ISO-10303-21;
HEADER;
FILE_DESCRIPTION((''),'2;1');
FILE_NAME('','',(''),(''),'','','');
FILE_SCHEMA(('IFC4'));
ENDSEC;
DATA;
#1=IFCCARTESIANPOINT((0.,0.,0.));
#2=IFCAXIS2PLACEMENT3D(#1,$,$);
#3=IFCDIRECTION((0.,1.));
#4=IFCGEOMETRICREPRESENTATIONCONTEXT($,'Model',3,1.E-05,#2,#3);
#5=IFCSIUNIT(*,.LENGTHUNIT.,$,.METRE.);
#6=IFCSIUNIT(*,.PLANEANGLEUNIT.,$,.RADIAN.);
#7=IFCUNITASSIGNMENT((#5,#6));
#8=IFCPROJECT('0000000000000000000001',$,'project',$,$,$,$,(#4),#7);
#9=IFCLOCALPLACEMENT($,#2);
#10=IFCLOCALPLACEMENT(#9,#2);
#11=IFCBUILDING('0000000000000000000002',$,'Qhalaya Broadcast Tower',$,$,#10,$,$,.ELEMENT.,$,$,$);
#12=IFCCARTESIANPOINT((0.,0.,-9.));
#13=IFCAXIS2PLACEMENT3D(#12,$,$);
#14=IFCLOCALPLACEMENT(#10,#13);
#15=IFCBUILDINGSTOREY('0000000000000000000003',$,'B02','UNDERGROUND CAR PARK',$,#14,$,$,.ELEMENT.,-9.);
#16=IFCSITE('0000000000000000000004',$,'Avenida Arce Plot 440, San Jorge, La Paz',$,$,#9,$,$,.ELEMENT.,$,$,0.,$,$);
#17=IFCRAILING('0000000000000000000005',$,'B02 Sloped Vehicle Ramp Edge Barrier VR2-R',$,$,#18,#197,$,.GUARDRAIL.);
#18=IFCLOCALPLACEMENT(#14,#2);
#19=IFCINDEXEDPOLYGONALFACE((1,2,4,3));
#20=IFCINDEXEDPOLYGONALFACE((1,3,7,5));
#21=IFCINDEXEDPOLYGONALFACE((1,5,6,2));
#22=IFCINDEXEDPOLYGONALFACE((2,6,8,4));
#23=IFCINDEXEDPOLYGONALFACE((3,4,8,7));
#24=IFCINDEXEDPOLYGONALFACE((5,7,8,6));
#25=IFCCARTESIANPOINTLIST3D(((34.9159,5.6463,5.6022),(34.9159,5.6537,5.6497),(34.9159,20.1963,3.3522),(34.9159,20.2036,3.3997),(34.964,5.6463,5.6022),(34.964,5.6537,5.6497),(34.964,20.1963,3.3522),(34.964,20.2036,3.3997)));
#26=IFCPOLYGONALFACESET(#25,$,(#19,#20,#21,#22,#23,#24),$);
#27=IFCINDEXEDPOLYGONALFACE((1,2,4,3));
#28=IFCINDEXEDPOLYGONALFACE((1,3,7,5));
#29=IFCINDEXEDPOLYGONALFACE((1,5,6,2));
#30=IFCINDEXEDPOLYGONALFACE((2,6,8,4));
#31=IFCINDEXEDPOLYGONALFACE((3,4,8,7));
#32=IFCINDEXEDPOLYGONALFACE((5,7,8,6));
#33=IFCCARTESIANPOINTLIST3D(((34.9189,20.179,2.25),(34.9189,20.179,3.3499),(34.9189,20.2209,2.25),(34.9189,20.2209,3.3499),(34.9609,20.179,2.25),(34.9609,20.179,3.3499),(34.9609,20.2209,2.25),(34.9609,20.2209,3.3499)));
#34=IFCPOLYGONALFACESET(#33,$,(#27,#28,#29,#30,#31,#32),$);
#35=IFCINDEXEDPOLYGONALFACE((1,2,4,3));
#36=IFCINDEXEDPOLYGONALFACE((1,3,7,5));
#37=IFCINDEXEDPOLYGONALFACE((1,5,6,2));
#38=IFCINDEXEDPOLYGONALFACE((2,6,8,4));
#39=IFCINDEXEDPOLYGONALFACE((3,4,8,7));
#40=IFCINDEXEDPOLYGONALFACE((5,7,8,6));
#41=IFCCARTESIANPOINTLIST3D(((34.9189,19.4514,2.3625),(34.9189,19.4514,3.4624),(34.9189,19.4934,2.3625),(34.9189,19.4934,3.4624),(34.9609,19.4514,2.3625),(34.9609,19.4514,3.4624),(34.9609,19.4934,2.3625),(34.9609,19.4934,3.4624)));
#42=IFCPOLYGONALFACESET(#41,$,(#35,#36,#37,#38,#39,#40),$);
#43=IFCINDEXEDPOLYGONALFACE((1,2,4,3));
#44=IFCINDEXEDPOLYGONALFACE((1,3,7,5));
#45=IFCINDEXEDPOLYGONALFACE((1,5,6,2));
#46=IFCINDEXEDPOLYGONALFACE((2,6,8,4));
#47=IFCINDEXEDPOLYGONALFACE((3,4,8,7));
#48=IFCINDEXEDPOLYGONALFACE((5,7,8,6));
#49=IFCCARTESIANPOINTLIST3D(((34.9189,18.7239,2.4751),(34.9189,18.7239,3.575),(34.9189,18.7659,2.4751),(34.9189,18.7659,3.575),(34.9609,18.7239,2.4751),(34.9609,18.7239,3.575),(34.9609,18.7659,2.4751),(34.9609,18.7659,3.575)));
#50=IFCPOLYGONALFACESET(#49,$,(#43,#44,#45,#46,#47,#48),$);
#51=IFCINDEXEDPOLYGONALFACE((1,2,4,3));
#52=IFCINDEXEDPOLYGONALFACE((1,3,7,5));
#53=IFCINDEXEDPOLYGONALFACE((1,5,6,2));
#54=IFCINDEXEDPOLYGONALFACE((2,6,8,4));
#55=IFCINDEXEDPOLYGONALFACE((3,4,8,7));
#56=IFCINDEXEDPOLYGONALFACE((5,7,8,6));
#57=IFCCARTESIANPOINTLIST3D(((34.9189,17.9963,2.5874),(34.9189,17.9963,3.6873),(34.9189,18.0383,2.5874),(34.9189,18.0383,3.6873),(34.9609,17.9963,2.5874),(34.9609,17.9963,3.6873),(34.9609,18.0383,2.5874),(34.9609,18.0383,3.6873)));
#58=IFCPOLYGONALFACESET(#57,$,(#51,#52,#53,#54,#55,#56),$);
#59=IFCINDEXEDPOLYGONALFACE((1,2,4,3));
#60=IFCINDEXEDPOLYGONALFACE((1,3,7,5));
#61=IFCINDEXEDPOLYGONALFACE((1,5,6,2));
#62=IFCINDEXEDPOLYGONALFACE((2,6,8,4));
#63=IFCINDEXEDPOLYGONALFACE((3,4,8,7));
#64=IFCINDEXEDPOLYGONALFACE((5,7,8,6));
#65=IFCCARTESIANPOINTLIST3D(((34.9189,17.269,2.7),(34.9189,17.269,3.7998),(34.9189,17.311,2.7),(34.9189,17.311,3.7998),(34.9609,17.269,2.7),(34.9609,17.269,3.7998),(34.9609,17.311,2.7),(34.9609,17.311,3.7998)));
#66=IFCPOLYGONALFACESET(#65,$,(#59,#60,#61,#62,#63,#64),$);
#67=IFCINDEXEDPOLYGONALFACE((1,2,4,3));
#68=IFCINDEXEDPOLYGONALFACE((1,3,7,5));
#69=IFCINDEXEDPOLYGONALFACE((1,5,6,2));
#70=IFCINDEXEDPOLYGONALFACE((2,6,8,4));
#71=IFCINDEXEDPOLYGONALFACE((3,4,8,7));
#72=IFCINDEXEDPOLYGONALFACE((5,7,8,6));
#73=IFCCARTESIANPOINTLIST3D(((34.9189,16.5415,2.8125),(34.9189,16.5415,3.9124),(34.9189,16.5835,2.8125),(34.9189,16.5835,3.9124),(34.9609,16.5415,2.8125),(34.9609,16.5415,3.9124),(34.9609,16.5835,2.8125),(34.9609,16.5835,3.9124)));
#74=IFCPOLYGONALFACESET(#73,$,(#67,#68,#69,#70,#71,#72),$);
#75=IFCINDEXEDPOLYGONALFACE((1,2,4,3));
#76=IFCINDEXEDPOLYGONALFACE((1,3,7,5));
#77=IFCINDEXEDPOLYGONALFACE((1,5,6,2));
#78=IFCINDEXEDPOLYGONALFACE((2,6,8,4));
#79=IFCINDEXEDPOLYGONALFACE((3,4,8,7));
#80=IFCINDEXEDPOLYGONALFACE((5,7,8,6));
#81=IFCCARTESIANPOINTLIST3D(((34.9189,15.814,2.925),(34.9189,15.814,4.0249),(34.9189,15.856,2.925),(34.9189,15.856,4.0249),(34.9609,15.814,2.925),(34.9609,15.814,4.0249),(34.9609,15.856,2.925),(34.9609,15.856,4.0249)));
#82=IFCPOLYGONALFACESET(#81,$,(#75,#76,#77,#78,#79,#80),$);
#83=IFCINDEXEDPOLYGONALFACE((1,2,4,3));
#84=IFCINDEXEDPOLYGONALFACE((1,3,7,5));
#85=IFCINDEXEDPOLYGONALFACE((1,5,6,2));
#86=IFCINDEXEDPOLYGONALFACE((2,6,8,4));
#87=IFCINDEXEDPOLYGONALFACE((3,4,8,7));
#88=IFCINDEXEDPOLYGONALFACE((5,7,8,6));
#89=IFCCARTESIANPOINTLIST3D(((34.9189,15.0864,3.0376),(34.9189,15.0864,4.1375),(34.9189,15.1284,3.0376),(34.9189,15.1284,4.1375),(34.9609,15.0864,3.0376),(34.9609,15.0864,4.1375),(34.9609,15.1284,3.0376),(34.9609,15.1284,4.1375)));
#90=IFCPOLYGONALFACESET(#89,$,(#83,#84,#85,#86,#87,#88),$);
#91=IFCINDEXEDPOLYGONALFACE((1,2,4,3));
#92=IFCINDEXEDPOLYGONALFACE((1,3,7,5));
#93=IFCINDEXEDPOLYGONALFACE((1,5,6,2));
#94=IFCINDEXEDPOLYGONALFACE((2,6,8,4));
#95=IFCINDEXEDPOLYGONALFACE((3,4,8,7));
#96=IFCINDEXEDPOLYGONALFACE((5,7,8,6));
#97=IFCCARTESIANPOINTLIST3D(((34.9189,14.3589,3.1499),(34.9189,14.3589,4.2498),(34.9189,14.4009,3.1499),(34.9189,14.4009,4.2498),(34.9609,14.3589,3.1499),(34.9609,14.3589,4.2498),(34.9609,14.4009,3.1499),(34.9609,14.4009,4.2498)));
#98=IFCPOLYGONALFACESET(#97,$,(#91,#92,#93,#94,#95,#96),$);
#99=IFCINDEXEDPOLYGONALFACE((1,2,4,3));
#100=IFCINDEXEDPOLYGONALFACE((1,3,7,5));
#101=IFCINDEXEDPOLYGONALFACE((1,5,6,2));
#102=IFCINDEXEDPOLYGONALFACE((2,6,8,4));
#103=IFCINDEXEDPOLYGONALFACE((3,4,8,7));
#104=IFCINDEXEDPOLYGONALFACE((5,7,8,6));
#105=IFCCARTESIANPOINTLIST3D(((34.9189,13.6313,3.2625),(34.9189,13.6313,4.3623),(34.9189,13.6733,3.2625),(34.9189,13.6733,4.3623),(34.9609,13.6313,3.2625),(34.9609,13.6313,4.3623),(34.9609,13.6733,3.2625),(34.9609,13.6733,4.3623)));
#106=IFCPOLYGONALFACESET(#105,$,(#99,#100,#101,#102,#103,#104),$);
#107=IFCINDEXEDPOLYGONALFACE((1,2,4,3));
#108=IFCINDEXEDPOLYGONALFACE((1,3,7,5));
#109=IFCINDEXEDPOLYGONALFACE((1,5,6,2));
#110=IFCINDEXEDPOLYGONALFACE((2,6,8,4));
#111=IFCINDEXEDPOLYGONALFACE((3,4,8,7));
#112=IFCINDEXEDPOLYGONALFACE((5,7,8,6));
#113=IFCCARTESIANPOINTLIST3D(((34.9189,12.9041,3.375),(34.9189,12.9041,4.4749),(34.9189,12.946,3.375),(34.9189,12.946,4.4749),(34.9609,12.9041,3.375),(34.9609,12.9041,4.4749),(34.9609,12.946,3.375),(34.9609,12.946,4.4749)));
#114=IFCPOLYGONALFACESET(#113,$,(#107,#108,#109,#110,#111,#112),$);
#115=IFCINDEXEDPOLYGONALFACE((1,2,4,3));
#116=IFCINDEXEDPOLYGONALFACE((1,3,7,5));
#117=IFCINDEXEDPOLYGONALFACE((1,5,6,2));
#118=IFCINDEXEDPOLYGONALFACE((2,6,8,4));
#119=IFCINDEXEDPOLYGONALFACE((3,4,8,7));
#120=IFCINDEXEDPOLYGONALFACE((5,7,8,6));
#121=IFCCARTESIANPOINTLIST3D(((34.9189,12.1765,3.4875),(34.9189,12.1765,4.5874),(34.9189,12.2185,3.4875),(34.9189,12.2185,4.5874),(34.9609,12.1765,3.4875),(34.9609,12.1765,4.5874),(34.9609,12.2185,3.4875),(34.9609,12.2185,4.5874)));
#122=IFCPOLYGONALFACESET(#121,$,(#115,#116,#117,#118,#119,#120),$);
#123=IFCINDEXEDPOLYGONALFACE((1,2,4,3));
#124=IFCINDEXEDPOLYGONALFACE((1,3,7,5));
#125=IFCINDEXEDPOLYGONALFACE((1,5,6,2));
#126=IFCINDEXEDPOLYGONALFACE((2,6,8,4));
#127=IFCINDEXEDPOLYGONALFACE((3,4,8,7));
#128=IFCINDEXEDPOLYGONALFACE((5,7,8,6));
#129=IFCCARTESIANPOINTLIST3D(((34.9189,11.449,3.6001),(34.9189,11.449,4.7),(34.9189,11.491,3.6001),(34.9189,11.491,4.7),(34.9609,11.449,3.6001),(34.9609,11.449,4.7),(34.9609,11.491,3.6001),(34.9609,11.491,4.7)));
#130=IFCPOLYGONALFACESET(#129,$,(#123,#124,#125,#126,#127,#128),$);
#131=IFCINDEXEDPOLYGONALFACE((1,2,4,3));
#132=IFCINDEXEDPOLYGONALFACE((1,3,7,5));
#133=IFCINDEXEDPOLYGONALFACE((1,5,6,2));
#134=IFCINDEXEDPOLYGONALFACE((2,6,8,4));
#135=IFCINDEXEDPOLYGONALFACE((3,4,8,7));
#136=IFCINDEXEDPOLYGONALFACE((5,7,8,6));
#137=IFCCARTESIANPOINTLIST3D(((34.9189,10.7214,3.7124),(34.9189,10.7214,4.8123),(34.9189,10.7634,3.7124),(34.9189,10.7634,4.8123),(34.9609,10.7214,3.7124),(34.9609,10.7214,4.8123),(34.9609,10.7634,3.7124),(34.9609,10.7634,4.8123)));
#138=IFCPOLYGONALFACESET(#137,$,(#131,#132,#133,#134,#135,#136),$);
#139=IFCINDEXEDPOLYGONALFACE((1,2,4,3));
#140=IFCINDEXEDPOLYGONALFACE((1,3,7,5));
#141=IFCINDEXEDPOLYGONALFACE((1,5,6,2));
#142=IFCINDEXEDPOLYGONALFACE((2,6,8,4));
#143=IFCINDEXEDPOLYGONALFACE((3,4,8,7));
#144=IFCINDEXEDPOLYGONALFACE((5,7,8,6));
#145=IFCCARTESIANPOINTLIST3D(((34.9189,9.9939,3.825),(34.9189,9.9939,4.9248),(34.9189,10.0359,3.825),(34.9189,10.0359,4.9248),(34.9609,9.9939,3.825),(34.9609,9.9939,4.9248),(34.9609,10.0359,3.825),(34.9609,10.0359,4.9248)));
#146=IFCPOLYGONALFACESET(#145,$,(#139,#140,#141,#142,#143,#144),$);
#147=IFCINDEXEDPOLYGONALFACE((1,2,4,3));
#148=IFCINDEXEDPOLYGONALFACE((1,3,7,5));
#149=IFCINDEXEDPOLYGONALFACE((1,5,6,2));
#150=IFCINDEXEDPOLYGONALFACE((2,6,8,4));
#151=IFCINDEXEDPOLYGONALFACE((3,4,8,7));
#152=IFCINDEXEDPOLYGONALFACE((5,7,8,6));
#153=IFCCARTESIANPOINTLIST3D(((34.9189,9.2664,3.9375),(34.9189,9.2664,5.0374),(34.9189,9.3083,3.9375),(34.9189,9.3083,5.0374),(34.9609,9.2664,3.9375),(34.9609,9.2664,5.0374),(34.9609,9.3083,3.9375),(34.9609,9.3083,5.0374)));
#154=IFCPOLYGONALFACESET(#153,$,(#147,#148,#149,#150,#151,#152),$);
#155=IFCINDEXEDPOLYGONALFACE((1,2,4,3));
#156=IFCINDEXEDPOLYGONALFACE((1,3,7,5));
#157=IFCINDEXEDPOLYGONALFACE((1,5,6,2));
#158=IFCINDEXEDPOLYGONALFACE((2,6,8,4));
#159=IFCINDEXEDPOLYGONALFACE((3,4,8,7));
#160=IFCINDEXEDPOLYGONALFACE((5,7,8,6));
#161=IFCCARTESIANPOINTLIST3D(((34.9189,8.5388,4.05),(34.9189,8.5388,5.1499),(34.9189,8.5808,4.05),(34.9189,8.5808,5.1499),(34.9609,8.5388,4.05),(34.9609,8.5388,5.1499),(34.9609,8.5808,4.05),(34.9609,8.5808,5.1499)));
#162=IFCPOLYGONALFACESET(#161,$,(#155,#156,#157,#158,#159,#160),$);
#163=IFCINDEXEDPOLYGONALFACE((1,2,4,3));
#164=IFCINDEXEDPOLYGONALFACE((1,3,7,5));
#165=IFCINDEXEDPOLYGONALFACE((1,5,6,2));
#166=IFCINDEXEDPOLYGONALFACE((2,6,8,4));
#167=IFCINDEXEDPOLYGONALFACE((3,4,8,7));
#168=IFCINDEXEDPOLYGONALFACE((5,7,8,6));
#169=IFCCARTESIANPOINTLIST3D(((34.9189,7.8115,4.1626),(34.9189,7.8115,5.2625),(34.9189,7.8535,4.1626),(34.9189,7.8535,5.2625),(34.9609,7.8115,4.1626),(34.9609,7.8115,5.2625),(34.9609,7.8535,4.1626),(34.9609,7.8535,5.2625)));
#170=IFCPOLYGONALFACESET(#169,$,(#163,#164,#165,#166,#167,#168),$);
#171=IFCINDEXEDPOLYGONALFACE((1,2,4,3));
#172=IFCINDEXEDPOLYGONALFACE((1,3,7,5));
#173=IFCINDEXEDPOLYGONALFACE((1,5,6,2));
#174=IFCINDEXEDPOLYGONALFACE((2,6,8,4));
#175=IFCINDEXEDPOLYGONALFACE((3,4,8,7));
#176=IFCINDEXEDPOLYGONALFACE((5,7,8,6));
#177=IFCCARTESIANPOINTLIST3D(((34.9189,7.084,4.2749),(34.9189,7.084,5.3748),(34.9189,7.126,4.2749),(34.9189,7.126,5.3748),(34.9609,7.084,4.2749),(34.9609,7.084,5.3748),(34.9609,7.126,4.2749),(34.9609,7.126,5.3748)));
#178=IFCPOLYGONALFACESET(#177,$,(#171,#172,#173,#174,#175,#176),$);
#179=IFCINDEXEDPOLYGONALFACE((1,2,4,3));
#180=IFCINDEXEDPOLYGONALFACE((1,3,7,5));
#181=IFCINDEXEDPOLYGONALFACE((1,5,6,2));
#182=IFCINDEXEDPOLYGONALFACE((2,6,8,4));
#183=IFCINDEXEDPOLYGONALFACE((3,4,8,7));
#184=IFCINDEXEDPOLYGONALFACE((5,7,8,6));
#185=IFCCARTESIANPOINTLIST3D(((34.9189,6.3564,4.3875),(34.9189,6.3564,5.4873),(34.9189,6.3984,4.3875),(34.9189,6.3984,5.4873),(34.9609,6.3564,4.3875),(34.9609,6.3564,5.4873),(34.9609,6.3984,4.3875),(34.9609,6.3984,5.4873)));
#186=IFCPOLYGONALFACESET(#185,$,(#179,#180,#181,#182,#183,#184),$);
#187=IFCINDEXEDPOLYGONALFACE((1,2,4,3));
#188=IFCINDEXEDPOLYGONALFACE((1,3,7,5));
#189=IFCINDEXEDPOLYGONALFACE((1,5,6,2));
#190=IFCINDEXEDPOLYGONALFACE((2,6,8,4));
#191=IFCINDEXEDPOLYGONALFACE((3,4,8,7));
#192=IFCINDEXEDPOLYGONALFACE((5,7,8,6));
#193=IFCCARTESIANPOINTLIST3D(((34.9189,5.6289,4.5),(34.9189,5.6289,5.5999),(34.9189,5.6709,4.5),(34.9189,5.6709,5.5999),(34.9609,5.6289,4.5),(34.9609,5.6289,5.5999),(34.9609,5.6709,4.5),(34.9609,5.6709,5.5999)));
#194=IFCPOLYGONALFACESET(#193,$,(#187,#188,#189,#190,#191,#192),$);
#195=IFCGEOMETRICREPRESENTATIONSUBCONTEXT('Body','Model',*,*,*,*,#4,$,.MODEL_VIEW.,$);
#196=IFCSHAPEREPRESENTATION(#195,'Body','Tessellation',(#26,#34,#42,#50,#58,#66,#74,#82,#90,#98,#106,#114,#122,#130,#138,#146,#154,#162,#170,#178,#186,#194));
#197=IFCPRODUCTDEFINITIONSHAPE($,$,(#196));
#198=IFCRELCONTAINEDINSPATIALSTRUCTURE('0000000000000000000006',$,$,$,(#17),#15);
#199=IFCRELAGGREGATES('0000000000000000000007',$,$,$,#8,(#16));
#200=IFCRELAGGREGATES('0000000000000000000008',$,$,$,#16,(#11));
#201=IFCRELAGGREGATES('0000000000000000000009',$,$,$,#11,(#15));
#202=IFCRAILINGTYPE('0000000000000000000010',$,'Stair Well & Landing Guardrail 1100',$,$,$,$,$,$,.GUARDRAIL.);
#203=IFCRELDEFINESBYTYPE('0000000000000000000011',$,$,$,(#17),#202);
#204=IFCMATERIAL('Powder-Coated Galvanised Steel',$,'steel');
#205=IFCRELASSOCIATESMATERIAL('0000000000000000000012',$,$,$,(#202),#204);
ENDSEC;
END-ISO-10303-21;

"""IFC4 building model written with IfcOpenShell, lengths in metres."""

from ifc_helpers import new_model, si_unit, direction, frame, origin, origin_2d, place, context, subcontext, project, spatial, rectangle, extrude, material, type_object, element, save


model = new_model("IFC4")

# Units and contexts
model_context = context("Model", 3, precision=1e-05, world=origin(), true_north=direction((0.0, 1.0)))
body_context = subcontext(model_context, "Body", "Model", "MODEL_VIEW")
ifc_project = project(units=[si_unit("LENGTHUNIT", "METRE"), si_unit("PLANEANGLEUNIT", "RADIAN")], contexts=[model_context])

# Site, building, storey
site_placement = place(None, origin())
site = spatial("IfcSite", under=ifc_project, at=site_placement, Name="Avenida Arce Plot 440, San Jorge, La Paz", CompositionType="ELEMENT", RefElevation=0.0)
building_placement = place(site_placement, origin())
building = spatial("IfcBuilding", under=site, at=building_placement, Name="Qhalaya Broadcast Tower", CompositionType="ELEMENT")
storey_placement = place(building_placement, frame((0.0, 0.0, -9.0)))
storey = spatial("IfcBuildingStorey", under=building, at=storey_placement, Name="B02", Description="UNDERGROUND CAR PARK", CompositionType="ELEMENT", Elevation=-9.0)

# Railing
ifc_material_1 = material(Name="Powder-Coated Galvanised Steel", Category="steel")
railing_type = type_object("IfcRailingType", Name="Stair Well & Landing Guardrail 1100", PredefinedType="GUARDRAIL", material=ifc_material_1)
railing_1_placement = place(storey_placement, frame((34.9399, 20.2, 2.25)))
element("IfcRailing", 1, at=railing_1_placement, inside=storey, type_object=railing_type, Name="B02 Sloped Vehicle Ramp Edge Barrier VR2-R", PredefinedType="GUARDRAIL", context=body_context, shape_type="SweptSolid", body=[
    extrude(rectangle(XDim=0.0481, YDim=0.0481, at=origin_2d()), frame((0.0, 0.0, 1.126), z_axis=(0.0, -0.988254, 0.152822), x_axis=(1.0, 0.0, 0.0)), (0.0, 0.0, 1.0), 14.7229),
    extrude(rectangle(XDim=0.042, YDim=0.042, at=origin_2d()), origin(), (0.0, 0.0, 1.0), 1.0999),
    extrude(rectangle(XDim=0.042, YDim=0.042, at=origin_2d()), frame((0.0, -0.7275, 0.1125)), (0.0, 0.0, 1.0), 1.0999),
    extrude(rectangle(XDim=0.042, YDim=0.042, at=origin_2d()), frame((0.0, -1.4551, 0.2251)), (0.0, 0.0, 1.0), 1.0999),
    extrude(rectangle(XDim=0.042, YDim=0.042, at=origin_2d()), frame((0.0, -2.1826, 0.3374)), (0.0, 0.0, 1.0), 1.0999),
    extrude(rectangle(XDim=0.042, YDim=0.042, at=origin_2d()), frame((0.0, -2.9099, 0.45)), (0.0, 0.0, 1.0), 1.0999),
    extrude(rectangle(XDim=0.042, YDim=0.042, at=origin_2d()), frame((0.0, -3.6375, 0.5625)), (0.0, 0.0, 1.0), 1.0999),
    extrude(rectangle(XDim=0.042, YDim=0.042, at=origin_2d()), frame((0.0, -4.365, 0.675)), (0.0, 0.0, 1.0), 1.0999),
    extrude(rectangle(XDim=0.042, YDim=0.042, at=origin_2d()), frame((0.0, -5.0925, 0.7876)), (0.0, 0.0, 1.0), 1.0999),
    extrude(rectangle(XDim=0.042, YDim=0.042, at=origin_2d()), frame((0.0, -5.8201, 0.8999)), (0.0, 0.0, 1.0), 1.0999),
    extrude(rectangle(XDim=0.042, YDim=0.042, at=origin_2d()), frame((0.0, -6.5476, 1.0125)), (0.0, 0.0, 1.0), 1.0999),
    extrude(rectangle(XDim=0.042, YDim=0.042, at=origin_2d()), frame((0.0, -7.2749, 1.125)), (0.0, 0.0, 1.0), 1.0999),
    extrude(rectangle(XDim=0.042, YDim=0.042, at=origin_2d()), frame((0.0, -8.0024, 1.2375)), (0.0, 0.0, 1.0), 1.0999),
    extrude(rectangle(XDim=0.042, YDim=0.042, at=origin_2d()), frame((0.0, -8.73, 1.3501)), (0.0, 0.0, 1.0), 1.0999),
    extrude(rectangle(XDim=0.042, YDim=0.042, at=origin_2d()), frame((0.0, -9.4575, 1.4624)), (0.0, 0.0, 1.0), 1.0999),
    extrude(rectangle(XDim=0.042, YDim=0.042, at=origin_2d()), frame((0.0, -10.1851, 1.575)), (0.0, 0.0, 1.0), 1.0999),
    extrude(rectangle(XDim=0.042, YDim=0.042, at=origin_2d()), frame((0.0, -10.9126, 1.6875)), (0.0, 0.0, 1.0), 1.0999),
    extrude(rectangle(XDim=0.042, YDim=0.042, at=origin_2d()), frame((0.0, -11.6401, 1.8)), (0.0, 0.0, 1.0), 1.0999),
    extrude(rectangle(XDim=0.042, YDim=0.042, at=origin_2d()), frame((0.0, -12.3674, 1.9126)), (0.0, 0.0, 1.0), 1.0999),
    extrude(rectangle(XDim=0.042, YDim=0.042, at=origin_2d()), frame((0.0, -13.095, 2.0249)), (0.0, 0.0, 1.0), 1.0999),
    extrude(rectangle(XDim=0.042, YDim=0.042, at=origin_2d()), frame((0.0, -13.8225, 2.1375)), (0.0, 0.0, 1.0), 1.0999),
    extrude(rectangle(XDim=0.042, YDim=0.042, at=origin_2d()), frame((0.0, -14.55, 2.25)), (0.0, 0.0, 1.0), 1.0999),
])

save(model, "model.ifc")
